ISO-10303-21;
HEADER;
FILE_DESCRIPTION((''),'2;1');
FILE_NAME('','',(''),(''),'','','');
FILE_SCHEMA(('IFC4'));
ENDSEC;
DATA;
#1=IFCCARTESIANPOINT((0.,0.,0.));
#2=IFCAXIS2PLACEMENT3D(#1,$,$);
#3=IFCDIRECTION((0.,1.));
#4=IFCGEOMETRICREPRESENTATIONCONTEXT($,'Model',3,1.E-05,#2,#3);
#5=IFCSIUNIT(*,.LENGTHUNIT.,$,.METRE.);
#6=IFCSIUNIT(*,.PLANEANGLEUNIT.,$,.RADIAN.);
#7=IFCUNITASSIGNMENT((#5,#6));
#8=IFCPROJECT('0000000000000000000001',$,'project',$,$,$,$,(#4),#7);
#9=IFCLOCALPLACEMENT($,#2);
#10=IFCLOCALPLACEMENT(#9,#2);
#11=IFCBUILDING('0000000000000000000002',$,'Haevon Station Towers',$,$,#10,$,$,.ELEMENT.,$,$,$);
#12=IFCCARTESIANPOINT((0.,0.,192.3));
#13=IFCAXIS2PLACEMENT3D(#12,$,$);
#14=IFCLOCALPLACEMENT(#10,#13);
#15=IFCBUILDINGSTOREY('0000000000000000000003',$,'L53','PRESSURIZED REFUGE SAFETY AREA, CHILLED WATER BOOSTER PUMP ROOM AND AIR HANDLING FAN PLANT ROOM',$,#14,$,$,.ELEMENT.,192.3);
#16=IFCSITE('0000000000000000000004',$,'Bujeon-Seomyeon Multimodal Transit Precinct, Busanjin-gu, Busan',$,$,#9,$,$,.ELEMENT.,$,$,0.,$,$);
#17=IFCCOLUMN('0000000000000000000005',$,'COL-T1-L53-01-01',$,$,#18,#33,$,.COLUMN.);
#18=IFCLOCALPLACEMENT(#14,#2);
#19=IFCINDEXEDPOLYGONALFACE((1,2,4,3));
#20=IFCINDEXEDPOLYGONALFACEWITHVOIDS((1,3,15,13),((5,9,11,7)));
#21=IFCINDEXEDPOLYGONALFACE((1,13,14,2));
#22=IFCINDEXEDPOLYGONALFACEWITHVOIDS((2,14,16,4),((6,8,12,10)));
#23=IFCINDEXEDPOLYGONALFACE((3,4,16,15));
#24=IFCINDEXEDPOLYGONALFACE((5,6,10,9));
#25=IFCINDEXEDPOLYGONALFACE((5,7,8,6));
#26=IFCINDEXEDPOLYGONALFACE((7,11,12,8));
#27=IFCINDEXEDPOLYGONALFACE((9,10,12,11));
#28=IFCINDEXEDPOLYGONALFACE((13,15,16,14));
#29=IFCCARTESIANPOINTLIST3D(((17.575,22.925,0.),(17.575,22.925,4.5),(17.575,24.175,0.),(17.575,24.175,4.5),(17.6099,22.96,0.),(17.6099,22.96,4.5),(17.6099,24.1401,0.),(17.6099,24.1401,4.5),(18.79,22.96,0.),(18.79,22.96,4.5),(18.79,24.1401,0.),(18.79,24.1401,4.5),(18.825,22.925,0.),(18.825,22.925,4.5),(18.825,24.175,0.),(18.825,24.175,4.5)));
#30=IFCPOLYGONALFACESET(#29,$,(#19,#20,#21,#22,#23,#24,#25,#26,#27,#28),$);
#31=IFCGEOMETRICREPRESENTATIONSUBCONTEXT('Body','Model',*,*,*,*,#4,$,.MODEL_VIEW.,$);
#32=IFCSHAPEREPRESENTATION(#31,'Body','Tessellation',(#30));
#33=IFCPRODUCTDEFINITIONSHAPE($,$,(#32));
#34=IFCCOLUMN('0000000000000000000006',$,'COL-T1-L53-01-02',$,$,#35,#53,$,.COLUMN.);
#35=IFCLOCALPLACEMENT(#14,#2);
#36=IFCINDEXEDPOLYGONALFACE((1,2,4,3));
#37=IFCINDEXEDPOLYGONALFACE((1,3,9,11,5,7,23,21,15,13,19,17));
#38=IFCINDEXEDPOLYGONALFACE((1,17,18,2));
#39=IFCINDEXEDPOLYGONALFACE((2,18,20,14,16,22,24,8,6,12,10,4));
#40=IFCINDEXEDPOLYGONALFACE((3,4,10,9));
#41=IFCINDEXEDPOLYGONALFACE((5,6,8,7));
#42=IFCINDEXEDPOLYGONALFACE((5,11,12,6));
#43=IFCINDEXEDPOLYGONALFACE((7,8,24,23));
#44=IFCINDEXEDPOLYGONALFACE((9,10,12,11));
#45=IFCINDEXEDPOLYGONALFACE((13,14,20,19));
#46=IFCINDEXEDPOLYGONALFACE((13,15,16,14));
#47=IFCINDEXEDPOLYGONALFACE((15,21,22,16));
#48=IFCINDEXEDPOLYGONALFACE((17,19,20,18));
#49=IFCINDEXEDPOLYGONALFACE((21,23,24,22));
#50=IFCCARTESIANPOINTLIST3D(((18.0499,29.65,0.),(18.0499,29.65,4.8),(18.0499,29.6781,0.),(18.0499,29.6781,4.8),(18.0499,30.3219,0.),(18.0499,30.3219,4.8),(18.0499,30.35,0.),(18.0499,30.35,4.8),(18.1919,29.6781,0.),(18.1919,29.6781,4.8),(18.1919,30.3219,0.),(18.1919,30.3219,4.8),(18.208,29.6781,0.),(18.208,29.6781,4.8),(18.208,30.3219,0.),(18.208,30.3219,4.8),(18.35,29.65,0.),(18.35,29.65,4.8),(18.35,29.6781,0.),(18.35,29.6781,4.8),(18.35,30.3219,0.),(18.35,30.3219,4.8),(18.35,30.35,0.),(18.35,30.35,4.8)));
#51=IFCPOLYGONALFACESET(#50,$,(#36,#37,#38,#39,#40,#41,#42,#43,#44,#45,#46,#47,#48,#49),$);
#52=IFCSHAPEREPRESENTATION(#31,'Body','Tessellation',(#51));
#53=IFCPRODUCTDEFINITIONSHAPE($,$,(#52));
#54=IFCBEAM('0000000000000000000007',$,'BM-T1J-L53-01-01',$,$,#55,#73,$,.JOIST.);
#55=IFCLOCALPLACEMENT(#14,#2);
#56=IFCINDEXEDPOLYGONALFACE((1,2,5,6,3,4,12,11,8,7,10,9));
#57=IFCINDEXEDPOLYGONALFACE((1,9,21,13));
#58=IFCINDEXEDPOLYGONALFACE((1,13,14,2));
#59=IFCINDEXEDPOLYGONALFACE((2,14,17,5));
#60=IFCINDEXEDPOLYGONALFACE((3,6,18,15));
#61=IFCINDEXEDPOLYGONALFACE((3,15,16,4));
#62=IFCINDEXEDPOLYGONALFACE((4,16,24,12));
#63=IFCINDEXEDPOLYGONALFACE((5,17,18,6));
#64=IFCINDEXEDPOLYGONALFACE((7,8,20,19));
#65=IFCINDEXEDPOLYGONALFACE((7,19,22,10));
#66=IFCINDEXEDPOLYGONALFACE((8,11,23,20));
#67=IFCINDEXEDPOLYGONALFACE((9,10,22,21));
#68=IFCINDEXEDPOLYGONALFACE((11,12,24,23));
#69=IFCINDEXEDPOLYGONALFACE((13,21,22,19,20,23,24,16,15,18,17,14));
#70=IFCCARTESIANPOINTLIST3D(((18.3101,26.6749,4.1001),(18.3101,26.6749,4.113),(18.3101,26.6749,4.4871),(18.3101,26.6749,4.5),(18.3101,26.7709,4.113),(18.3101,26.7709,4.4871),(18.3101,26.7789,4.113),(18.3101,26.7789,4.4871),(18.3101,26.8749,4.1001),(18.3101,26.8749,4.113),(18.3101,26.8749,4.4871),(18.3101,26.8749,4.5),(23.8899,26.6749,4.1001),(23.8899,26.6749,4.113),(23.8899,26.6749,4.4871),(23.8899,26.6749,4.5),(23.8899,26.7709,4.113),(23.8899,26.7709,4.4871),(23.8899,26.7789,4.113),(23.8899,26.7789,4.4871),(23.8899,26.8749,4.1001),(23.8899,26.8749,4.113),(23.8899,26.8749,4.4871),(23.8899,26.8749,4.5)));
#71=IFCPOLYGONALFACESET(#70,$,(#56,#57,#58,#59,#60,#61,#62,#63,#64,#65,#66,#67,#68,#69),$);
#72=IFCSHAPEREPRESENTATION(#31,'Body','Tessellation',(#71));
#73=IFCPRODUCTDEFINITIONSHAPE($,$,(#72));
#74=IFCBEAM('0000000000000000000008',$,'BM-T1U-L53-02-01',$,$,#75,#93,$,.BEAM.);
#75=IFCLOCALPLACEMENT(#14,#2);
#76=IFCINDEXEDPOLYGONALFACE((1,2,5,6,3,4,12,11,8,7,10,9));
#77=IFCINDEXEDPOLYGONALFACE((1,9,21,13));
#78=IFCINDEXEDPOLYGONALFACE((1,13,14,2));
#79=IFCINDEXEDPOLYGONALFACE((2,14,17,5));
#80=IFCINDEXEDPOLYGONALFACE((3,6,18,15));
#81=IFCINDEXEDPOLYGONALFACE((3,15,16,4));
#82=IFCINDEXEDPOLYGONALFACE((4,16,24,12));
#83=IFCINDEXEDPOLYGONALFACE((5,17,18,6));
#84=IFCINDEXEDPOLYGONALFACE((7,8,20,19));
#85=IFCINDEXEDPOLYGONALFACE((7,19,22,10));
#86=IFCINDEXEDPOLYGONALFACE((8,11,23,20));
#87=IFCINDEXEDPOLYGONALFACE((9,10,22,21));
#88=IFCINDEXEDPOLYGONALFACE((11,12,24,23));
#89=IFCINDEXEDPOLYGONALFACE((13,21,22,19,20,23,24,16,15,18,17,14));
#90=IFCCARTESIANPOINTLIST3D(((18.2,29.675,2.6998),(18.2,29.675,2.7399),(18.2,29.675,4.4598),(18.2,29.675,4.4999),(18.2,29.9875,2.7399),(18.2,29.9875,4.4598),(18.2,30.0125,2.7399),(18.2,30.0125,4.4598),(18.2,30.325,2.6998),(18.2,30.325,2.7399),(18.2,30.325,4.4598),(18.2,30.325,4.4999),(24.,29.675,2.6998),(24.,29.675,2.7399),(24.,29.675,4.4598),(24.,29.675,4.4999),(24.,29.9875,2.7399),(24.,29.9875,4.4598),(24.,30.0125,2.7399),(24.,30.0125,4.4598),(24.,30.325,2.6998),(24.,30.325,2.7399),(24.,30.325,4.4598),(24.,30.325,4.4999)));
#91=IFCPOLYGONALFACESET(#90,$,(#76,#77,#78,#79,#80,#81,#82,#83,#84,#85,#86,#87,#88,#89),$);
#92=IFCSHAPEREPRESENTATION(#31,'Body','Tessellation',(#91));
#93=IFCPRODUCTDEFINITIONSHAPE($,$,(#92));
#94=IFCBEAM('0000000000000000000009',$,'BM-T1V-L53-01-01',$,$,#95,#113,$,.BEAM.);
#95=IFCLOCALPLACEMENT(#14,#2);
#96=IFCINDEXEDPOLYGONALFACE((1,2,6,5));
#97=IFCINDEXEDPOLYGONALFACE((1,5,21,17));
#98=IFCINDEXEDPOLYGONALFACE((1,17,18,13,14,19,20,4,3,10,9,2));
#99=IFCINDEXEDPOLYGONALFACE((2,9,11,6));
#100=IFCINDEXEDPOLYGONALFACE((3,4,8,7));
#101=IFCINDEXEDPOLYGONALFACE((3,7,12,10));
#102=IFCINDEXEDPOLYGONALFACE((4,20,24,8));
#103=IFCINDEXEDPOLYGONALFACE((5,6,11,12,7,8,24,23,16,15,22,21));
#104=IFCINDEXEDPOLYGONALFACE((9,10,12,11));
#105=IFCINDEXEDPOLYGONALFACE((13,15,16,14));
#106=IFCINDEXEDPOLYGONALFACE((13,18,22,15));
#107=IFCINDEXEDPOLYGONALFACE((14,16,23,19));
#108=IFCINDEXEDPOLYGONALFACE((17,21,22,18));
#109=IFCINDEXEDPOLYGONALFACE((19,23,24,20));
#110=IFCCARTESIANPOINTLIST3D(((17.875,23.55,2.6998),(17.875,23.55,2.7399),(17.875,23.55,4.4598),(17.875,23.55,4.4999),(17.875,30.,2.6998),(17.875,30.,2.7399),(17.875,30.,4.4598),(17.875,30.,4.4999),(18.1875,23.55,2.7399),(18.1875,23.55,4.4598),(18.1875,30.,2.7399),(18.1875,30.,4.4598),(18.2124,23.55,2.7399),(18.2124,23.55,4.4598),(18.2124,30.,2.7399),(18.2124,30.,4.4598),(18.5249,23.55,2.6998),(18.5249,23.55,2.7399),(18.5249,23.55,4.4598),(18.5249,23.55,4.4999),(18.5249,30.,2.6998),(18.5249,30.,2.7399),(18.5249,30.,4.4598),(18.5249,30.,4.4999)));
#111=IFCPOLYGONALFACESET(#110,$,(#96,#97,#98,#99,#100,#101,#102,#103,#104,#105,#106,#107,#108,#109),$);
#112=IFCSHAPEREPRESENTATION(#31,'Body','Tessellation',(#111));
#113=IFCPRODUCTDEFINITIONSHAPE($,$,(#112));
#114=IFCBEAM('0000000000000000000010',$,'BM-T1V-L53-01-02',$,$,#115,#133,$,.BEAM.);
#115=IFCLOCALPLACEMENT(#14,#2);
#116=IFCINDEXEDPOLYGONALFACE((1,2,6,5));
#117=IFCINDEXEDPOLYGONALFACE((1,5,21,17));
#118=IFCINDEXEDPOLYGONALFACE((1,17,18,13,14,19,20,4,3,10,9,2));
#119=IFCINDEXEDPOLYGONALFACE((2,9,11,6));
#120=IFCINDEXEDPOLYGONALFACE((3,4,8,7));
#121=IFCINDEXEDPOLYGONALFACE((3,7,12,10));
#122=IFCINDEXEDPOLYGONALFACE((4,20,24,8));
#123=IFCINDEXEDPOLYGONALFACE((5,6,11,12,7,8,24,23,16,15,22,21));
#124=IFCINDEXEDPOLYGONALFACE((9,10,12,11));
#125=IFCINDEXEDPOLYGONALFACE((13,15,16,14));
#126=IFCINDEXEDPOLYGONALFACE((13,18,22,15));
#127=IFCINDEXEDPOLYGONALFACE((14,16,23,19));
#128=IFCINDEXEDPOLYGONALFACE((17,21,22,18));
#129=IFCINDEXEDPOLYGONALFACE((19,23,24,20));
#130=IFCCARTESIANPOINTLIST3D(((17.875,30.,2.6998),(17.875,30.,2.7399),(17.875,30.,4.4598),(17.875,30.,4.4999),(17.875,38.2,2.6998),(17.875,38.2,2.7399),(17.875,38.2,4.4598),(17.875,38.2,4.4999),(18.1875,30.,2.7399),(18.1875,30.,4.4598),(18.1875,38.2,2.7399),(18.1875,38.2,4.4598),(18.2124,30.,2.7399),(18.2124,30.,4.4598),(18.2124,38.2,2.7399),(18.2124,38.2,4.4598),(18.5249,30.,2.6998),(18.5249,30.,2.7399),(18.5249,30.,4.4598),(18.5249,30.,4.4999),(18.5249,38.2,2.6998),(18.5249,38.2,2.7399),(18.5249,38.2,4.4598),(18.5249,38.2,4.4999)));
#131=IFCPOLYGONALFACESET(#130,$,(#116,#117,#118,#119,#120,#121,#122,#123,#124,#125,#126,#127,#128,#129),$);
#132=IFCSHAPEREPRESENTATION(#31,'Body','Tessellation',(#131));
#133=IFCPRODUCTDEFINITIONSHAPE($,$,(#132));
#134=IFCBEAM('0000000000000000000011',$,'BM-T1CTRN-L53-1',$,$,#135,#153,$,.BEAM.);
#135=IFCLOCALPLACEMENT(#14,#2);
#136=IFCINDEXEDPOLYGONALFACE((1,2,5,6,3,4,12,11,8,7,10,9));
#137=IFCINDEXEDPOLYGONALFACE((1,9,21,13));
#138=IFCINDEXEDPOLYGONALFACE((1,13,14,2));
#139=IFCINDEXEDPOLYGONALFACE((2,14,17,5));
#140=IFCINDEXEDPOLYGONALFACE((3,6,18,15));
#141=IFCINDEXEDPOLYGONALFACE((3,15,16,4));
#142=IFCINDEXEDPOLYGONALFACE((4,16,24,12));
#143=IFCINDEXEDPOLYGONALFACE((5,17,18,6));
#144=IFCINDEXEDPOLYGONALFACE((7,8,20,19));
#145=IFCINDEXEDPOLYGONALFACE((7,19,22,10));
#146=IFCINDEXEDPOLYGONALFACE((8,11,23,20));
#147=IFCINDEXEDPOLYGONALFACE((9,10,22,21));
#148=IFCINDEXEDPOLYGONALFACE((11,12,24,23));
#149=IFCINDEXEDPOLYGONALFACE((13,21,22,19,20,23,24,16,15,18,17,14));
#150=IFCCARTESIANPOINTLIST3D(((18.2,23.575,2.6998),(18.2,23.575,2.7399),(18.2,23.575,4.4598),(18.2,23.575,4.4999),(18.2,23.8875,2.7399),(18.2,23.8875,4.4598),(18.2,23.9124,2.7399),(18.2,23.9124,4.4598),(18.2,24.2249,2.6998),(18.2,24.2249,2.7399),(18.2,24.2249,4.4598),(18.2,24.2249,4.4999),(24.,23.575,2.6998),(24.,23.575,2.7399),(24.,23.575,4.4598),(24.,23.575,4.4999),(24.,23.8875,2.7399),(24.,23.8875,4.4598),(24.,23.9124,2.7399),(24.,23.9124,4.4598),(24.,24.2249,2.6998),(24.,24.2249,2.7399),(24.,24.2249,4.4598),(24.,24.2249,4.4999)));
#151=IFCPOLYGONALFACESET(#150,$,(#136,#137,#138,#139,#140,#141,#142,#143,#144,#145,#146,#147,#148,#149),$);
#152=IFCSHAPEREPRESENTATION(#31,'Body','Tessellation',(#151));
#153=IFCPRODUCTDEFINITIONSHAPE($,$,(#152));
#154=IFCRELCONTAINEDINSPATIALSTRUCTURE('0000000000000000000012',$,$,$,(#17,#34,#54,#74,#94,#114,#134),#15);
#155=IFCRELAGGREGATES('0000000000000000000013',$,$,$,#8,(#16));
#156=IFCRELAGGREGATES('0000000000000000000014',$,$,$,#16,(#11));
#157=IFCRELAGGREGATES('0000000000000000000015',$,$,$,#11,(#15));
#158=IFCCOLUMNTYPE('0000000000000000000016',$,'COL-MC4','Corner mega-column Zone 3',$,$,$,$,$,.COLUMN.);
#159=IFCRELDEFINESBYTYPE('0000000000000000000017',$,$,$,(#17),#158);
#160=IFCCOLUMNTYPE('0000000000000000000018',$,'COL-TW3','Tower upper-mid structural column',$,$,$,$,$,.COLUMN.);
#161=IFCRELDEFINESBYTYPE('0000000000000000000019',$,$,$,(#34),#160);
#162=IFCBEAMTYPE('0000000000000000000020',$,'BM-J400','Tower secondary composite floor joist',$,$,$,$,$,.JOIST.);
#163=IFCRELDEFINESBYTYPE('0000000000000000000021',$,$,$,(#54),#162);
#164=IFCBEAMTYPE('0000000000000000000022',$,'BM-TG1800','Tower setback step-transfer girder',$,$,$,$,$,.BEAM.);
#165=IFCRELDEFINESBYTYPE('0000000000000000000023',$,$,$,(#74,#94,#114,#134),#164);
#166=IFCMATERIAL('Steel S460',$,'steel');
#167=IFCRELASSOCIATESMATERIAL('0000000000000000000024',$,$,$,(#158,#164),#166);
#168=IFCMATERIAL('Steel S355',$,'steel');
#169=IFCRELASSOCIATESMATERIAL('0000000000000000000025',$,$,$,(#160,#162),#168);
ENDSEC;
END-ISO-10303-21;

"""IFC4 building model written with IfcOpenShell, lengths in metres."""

from ifc_helpers import new_model, si_unit, direction, frame, origin, origin_2d, place, context, subcontext, project, spatial, hollow_rectangle, i_section, extrude, material, material_profile, profile_set, type_object, element, save


model = new_model("IFC4")

# Units and contexts
model_context = context("Model", 3, precision=1e-05, world=origin(), true_north=direction((0.0, 1.0)))
body_context = subcontext(model_context, "Body", "Model", "MODEL_VIEW")
ifc_project = project(units=[si_unit("LENGTHUNIT", "METRE"), si_unit("PLANEANGLEUNIT", "RADIAN")], contexts=[model_context])

# Site, building, storey
site_placement = place(None, origin())
site = spatial("IfcSite", under=ifc_project, at=site_placement, Name="Bujeon-Seomyeon Multimodal Transit Precinct, Busanjin-gu, Busan", CompositionType="ELEMENT", RefElevation=0.0)
building_placement = place(site_placement, origin())
building = spatial("IfcBuilding", under=site, at=building_placement, Name="Haevon Station Towers", CompositionType="ELEMENT")
storey_placement = place(building_placement, frame((0.0, 0.0, 192.3)))
storey = spatial("IfcBuildingStorey", under=building, at=storey_placement, Name="L53", Description="PRESSURIZED REFUGE SAFETY AREA, CHILLED WATER BOOSTER PUMP ROOM AND AIR HANDLING FAN PLANT ROOM", CompositionType="ELEMENT", Elevation=192.3)

# Columns
ifc_material_1 = material(Name="Steel S460", Category="steel")
ifc_material_profile_1 = material_profile(ifc_material_1, hollow_rectangle(XDim=1.25, YDim=1.25, WallThickness=0.0349, at=origin_2d()), Name="BOX-1250x1250x35")
ifc_profile_set_1 = profile_set([ifc_material_profile_1], Name="Steel S460")
column_type_1 = type_object("IfcColumnType", Name="COL-MC4", Description="Corner mega-column Zone 3", PredefinedType="COLUMN", material=ifc_profile_set_1)
column_1_placement = place(storey_placement, frame((18.2, 23.55, 0.0), z_axis=(0.0, 0.0, 1.0), x_axis=(1.0, 0.0, 0.0)))
element("IfcColumn", 1, at=column_1_placement, inside=storey, type_object=column_type_1, Name="COL-T1-L53-01-01", PredefinedType="COLUMN", context=body_context, shape_type="SweptSolid", body=[
    extrude(hollow_rectangle(XDim=1.25, YDim=1.25, WallThickness=0.0349, at=origin_2d()), origin(), (0.0, 0.0, 1.0), 4.5),
])
ifc_material_2 = material(Name="Steel S355", Category="steel")
ifc_material_profile_2 = material_profile(ifc_material_2, i_section(OverallWidth=0.3, OverallDepth=0.7, WebThickness=0.0161, FlangeThickness=0.0281, at=origin_2d()), Name="H-700x300x16x28")
ifc_profile_set_2 = profile_set([ifc_material_profile_2], Name="Steel S355")
column_type_2 = type_object("IfcColumnType", Name="COL-TW3", Description="Tower upper-mid structural column", PredefinedType="COLUMN", material=ifc_profile_set_2)
column_2_placement = place(storey_placement, frame((18.2, 30.0, 0.0), z_axis=(0.0, 0.0, 1.0), x_axis=(1.0, 0.0, 0.0)))
element("IfcColumn", 2, at=column_2_placement, inside=storey, type_object=column_type_2, Name="COL-T1-L53-01-02", PredefinedType="COLUMN", context=body_context, shape_type="SweptSolid", body=[
    extrude(i_section(OverallWidth=0.3, OverallDepth=0.7, WebThickness=0.0161, FlangeThickness=0.0281, at=origin_2d()), origin(), (0.0, 0.0, 1.0), 4.8),
])

# Beams
ifc_material_profile_3 = material_profile(ifc_material_2, i_section(OverallWidth=0.2, OverallDepth=0.3999, WebThickness=0.0081, FlangeThickness=0.0129, at=origin_2d()), Name="H-400x200x8x13")
ifc_profile_set_3 = profile_set([ifc_material_profile_3], Name="Steel S355")
beam_type_1 = type_object("IfcBeamType", Name="BM-J400", Description="Tower secondary composite floor joist", PredefinedType="JOIST", material=ifc_profile_set_3)
beam_1_placement = place(storey_placement, frame((18.3101, 26.7749, 4.3), z_axis=(1.0, 0.0, 0.0), x_axis=(0.0, 1.0, 0.0)))
element("IfcBeam", 3, at=beam_1_placement, inside=storey, type_object=beam_type_1, Name="BM-T1J-L53-01-01", PredefinedType="JOIST", context=body_context, shape_type="SweptSolid", body=[
    extrude(i_section(OverallWidth=0.2, OverallDepth=0.3999, WebThickness=0.0081, FlangeThickness=0.0129, at=origin_2d()), origin(), (0.0, 0.0, 1.0), 5.5798),
])
ifc_material_profile_4 = material_profile(ifc_material_1, i_section(OverallWidth=0.6499, OverallDepth=1.8, WebThickness=0.0249, FlangeThickness=0.04, at=origin_2d()), Name="H-1800x650x25x40")
ifc_profile_set_4 = profile_set([ifc_material_profile_4], Name="Steel S460")
beam_type_2 = type_object("IfcBeamType", Name="BM-TG1800", Description="Tower setback step-transfer girder", PredefinedType="BEAM", material=ifc_profile_set_4)
beam_2_placement = place(storey_placement, frame((18.2, 30.0, 3.5999), z_axis=(1.0, 0.0, 0.0), x_axis=(0.0, 1.0, 0.0)))
element("IfcBeam", 4, at=beam_2_placement, inside=storey, type_object=beam_type_2, Name="BM-T1U-L53-02-01", PredefinedType="BEAM", context=body_context, shape_type="SweptSolid", body=[
    extrude(i_section(OverallWidth=0.6499, OverallDepth=1.8, WebThickness=0.0249, FlangeThickness=0.04, at=origin_2d()), origin(), (0.0, 0.0, 1.0), 5.8),
])
beam_3_placement = place(storey_placement, frame((18.2, 23.55, 3.5999), z_axis=(0.0, 1.0, 0.0), x_axis=(-1.0, 0.0, 0.0)))
element("IfcBeam", 5, at=beam_3_placement, inside=storey, type_object=beam_type_2, Name="BM-T1V-L53-01-01", PredefinedType="BEAM", context=body_context, shape_type="SweptSolid", body=[
    extrude(i_section(OverallWidth=0.6499, OverallDepth=1.8, WebThickness=0.0249, FlangeThickness=0.04, at=origin_2d()), origin(), (0.0, 0.0, 1.0), 6.45),
])
beam_4_placement = place(storey_placement, frame((18.2, 30.0, 3.5999), z_axis=(0.0, 1.0, 0.0), x_axis=(-1.0, 0.0, 0.0)))
element("IfcBeam", 6, at=beam_4_placement, inside=storey, type_object=beam_type_2, Name="BM-T1V-L53-01-02", PredefinedType="BEAM", context=body_context, shape_type="SweptSolid", body=[
    extrude(i_section(OverallWidth=0.6499, OverallDepth=1.8, WebThickness=0.0249, FlangeThickness=0.04, at=origin_2d()), origin(), (0.0, 0.0, 1.0), 8.2),
])
beam_5_placement = place(storey_placement, frame((18.2, 23.8999, 3.5999), z_axis=(1.0, 0.0, 0.0), x_axis=(0.0, 1.0, 0.0)))
element("IfcBeam", 7, at=beam_5_placement, inside=storey, type_object=beam_type_2, Name="BM-T1CTRN-L53-1", PredefinedType="BEAM", context=body_context, shape_type="SweptSolid", body=[
    extrude(i_section(OverallWidth=0.6499, OverallDepth=1.8, WebThickness=0.0249, FlangeThickness=0.04, at=origin_2d()), origin(), (0.0, 0.0, 1.0), 5.8),
])

save(model, "model.ifc")
